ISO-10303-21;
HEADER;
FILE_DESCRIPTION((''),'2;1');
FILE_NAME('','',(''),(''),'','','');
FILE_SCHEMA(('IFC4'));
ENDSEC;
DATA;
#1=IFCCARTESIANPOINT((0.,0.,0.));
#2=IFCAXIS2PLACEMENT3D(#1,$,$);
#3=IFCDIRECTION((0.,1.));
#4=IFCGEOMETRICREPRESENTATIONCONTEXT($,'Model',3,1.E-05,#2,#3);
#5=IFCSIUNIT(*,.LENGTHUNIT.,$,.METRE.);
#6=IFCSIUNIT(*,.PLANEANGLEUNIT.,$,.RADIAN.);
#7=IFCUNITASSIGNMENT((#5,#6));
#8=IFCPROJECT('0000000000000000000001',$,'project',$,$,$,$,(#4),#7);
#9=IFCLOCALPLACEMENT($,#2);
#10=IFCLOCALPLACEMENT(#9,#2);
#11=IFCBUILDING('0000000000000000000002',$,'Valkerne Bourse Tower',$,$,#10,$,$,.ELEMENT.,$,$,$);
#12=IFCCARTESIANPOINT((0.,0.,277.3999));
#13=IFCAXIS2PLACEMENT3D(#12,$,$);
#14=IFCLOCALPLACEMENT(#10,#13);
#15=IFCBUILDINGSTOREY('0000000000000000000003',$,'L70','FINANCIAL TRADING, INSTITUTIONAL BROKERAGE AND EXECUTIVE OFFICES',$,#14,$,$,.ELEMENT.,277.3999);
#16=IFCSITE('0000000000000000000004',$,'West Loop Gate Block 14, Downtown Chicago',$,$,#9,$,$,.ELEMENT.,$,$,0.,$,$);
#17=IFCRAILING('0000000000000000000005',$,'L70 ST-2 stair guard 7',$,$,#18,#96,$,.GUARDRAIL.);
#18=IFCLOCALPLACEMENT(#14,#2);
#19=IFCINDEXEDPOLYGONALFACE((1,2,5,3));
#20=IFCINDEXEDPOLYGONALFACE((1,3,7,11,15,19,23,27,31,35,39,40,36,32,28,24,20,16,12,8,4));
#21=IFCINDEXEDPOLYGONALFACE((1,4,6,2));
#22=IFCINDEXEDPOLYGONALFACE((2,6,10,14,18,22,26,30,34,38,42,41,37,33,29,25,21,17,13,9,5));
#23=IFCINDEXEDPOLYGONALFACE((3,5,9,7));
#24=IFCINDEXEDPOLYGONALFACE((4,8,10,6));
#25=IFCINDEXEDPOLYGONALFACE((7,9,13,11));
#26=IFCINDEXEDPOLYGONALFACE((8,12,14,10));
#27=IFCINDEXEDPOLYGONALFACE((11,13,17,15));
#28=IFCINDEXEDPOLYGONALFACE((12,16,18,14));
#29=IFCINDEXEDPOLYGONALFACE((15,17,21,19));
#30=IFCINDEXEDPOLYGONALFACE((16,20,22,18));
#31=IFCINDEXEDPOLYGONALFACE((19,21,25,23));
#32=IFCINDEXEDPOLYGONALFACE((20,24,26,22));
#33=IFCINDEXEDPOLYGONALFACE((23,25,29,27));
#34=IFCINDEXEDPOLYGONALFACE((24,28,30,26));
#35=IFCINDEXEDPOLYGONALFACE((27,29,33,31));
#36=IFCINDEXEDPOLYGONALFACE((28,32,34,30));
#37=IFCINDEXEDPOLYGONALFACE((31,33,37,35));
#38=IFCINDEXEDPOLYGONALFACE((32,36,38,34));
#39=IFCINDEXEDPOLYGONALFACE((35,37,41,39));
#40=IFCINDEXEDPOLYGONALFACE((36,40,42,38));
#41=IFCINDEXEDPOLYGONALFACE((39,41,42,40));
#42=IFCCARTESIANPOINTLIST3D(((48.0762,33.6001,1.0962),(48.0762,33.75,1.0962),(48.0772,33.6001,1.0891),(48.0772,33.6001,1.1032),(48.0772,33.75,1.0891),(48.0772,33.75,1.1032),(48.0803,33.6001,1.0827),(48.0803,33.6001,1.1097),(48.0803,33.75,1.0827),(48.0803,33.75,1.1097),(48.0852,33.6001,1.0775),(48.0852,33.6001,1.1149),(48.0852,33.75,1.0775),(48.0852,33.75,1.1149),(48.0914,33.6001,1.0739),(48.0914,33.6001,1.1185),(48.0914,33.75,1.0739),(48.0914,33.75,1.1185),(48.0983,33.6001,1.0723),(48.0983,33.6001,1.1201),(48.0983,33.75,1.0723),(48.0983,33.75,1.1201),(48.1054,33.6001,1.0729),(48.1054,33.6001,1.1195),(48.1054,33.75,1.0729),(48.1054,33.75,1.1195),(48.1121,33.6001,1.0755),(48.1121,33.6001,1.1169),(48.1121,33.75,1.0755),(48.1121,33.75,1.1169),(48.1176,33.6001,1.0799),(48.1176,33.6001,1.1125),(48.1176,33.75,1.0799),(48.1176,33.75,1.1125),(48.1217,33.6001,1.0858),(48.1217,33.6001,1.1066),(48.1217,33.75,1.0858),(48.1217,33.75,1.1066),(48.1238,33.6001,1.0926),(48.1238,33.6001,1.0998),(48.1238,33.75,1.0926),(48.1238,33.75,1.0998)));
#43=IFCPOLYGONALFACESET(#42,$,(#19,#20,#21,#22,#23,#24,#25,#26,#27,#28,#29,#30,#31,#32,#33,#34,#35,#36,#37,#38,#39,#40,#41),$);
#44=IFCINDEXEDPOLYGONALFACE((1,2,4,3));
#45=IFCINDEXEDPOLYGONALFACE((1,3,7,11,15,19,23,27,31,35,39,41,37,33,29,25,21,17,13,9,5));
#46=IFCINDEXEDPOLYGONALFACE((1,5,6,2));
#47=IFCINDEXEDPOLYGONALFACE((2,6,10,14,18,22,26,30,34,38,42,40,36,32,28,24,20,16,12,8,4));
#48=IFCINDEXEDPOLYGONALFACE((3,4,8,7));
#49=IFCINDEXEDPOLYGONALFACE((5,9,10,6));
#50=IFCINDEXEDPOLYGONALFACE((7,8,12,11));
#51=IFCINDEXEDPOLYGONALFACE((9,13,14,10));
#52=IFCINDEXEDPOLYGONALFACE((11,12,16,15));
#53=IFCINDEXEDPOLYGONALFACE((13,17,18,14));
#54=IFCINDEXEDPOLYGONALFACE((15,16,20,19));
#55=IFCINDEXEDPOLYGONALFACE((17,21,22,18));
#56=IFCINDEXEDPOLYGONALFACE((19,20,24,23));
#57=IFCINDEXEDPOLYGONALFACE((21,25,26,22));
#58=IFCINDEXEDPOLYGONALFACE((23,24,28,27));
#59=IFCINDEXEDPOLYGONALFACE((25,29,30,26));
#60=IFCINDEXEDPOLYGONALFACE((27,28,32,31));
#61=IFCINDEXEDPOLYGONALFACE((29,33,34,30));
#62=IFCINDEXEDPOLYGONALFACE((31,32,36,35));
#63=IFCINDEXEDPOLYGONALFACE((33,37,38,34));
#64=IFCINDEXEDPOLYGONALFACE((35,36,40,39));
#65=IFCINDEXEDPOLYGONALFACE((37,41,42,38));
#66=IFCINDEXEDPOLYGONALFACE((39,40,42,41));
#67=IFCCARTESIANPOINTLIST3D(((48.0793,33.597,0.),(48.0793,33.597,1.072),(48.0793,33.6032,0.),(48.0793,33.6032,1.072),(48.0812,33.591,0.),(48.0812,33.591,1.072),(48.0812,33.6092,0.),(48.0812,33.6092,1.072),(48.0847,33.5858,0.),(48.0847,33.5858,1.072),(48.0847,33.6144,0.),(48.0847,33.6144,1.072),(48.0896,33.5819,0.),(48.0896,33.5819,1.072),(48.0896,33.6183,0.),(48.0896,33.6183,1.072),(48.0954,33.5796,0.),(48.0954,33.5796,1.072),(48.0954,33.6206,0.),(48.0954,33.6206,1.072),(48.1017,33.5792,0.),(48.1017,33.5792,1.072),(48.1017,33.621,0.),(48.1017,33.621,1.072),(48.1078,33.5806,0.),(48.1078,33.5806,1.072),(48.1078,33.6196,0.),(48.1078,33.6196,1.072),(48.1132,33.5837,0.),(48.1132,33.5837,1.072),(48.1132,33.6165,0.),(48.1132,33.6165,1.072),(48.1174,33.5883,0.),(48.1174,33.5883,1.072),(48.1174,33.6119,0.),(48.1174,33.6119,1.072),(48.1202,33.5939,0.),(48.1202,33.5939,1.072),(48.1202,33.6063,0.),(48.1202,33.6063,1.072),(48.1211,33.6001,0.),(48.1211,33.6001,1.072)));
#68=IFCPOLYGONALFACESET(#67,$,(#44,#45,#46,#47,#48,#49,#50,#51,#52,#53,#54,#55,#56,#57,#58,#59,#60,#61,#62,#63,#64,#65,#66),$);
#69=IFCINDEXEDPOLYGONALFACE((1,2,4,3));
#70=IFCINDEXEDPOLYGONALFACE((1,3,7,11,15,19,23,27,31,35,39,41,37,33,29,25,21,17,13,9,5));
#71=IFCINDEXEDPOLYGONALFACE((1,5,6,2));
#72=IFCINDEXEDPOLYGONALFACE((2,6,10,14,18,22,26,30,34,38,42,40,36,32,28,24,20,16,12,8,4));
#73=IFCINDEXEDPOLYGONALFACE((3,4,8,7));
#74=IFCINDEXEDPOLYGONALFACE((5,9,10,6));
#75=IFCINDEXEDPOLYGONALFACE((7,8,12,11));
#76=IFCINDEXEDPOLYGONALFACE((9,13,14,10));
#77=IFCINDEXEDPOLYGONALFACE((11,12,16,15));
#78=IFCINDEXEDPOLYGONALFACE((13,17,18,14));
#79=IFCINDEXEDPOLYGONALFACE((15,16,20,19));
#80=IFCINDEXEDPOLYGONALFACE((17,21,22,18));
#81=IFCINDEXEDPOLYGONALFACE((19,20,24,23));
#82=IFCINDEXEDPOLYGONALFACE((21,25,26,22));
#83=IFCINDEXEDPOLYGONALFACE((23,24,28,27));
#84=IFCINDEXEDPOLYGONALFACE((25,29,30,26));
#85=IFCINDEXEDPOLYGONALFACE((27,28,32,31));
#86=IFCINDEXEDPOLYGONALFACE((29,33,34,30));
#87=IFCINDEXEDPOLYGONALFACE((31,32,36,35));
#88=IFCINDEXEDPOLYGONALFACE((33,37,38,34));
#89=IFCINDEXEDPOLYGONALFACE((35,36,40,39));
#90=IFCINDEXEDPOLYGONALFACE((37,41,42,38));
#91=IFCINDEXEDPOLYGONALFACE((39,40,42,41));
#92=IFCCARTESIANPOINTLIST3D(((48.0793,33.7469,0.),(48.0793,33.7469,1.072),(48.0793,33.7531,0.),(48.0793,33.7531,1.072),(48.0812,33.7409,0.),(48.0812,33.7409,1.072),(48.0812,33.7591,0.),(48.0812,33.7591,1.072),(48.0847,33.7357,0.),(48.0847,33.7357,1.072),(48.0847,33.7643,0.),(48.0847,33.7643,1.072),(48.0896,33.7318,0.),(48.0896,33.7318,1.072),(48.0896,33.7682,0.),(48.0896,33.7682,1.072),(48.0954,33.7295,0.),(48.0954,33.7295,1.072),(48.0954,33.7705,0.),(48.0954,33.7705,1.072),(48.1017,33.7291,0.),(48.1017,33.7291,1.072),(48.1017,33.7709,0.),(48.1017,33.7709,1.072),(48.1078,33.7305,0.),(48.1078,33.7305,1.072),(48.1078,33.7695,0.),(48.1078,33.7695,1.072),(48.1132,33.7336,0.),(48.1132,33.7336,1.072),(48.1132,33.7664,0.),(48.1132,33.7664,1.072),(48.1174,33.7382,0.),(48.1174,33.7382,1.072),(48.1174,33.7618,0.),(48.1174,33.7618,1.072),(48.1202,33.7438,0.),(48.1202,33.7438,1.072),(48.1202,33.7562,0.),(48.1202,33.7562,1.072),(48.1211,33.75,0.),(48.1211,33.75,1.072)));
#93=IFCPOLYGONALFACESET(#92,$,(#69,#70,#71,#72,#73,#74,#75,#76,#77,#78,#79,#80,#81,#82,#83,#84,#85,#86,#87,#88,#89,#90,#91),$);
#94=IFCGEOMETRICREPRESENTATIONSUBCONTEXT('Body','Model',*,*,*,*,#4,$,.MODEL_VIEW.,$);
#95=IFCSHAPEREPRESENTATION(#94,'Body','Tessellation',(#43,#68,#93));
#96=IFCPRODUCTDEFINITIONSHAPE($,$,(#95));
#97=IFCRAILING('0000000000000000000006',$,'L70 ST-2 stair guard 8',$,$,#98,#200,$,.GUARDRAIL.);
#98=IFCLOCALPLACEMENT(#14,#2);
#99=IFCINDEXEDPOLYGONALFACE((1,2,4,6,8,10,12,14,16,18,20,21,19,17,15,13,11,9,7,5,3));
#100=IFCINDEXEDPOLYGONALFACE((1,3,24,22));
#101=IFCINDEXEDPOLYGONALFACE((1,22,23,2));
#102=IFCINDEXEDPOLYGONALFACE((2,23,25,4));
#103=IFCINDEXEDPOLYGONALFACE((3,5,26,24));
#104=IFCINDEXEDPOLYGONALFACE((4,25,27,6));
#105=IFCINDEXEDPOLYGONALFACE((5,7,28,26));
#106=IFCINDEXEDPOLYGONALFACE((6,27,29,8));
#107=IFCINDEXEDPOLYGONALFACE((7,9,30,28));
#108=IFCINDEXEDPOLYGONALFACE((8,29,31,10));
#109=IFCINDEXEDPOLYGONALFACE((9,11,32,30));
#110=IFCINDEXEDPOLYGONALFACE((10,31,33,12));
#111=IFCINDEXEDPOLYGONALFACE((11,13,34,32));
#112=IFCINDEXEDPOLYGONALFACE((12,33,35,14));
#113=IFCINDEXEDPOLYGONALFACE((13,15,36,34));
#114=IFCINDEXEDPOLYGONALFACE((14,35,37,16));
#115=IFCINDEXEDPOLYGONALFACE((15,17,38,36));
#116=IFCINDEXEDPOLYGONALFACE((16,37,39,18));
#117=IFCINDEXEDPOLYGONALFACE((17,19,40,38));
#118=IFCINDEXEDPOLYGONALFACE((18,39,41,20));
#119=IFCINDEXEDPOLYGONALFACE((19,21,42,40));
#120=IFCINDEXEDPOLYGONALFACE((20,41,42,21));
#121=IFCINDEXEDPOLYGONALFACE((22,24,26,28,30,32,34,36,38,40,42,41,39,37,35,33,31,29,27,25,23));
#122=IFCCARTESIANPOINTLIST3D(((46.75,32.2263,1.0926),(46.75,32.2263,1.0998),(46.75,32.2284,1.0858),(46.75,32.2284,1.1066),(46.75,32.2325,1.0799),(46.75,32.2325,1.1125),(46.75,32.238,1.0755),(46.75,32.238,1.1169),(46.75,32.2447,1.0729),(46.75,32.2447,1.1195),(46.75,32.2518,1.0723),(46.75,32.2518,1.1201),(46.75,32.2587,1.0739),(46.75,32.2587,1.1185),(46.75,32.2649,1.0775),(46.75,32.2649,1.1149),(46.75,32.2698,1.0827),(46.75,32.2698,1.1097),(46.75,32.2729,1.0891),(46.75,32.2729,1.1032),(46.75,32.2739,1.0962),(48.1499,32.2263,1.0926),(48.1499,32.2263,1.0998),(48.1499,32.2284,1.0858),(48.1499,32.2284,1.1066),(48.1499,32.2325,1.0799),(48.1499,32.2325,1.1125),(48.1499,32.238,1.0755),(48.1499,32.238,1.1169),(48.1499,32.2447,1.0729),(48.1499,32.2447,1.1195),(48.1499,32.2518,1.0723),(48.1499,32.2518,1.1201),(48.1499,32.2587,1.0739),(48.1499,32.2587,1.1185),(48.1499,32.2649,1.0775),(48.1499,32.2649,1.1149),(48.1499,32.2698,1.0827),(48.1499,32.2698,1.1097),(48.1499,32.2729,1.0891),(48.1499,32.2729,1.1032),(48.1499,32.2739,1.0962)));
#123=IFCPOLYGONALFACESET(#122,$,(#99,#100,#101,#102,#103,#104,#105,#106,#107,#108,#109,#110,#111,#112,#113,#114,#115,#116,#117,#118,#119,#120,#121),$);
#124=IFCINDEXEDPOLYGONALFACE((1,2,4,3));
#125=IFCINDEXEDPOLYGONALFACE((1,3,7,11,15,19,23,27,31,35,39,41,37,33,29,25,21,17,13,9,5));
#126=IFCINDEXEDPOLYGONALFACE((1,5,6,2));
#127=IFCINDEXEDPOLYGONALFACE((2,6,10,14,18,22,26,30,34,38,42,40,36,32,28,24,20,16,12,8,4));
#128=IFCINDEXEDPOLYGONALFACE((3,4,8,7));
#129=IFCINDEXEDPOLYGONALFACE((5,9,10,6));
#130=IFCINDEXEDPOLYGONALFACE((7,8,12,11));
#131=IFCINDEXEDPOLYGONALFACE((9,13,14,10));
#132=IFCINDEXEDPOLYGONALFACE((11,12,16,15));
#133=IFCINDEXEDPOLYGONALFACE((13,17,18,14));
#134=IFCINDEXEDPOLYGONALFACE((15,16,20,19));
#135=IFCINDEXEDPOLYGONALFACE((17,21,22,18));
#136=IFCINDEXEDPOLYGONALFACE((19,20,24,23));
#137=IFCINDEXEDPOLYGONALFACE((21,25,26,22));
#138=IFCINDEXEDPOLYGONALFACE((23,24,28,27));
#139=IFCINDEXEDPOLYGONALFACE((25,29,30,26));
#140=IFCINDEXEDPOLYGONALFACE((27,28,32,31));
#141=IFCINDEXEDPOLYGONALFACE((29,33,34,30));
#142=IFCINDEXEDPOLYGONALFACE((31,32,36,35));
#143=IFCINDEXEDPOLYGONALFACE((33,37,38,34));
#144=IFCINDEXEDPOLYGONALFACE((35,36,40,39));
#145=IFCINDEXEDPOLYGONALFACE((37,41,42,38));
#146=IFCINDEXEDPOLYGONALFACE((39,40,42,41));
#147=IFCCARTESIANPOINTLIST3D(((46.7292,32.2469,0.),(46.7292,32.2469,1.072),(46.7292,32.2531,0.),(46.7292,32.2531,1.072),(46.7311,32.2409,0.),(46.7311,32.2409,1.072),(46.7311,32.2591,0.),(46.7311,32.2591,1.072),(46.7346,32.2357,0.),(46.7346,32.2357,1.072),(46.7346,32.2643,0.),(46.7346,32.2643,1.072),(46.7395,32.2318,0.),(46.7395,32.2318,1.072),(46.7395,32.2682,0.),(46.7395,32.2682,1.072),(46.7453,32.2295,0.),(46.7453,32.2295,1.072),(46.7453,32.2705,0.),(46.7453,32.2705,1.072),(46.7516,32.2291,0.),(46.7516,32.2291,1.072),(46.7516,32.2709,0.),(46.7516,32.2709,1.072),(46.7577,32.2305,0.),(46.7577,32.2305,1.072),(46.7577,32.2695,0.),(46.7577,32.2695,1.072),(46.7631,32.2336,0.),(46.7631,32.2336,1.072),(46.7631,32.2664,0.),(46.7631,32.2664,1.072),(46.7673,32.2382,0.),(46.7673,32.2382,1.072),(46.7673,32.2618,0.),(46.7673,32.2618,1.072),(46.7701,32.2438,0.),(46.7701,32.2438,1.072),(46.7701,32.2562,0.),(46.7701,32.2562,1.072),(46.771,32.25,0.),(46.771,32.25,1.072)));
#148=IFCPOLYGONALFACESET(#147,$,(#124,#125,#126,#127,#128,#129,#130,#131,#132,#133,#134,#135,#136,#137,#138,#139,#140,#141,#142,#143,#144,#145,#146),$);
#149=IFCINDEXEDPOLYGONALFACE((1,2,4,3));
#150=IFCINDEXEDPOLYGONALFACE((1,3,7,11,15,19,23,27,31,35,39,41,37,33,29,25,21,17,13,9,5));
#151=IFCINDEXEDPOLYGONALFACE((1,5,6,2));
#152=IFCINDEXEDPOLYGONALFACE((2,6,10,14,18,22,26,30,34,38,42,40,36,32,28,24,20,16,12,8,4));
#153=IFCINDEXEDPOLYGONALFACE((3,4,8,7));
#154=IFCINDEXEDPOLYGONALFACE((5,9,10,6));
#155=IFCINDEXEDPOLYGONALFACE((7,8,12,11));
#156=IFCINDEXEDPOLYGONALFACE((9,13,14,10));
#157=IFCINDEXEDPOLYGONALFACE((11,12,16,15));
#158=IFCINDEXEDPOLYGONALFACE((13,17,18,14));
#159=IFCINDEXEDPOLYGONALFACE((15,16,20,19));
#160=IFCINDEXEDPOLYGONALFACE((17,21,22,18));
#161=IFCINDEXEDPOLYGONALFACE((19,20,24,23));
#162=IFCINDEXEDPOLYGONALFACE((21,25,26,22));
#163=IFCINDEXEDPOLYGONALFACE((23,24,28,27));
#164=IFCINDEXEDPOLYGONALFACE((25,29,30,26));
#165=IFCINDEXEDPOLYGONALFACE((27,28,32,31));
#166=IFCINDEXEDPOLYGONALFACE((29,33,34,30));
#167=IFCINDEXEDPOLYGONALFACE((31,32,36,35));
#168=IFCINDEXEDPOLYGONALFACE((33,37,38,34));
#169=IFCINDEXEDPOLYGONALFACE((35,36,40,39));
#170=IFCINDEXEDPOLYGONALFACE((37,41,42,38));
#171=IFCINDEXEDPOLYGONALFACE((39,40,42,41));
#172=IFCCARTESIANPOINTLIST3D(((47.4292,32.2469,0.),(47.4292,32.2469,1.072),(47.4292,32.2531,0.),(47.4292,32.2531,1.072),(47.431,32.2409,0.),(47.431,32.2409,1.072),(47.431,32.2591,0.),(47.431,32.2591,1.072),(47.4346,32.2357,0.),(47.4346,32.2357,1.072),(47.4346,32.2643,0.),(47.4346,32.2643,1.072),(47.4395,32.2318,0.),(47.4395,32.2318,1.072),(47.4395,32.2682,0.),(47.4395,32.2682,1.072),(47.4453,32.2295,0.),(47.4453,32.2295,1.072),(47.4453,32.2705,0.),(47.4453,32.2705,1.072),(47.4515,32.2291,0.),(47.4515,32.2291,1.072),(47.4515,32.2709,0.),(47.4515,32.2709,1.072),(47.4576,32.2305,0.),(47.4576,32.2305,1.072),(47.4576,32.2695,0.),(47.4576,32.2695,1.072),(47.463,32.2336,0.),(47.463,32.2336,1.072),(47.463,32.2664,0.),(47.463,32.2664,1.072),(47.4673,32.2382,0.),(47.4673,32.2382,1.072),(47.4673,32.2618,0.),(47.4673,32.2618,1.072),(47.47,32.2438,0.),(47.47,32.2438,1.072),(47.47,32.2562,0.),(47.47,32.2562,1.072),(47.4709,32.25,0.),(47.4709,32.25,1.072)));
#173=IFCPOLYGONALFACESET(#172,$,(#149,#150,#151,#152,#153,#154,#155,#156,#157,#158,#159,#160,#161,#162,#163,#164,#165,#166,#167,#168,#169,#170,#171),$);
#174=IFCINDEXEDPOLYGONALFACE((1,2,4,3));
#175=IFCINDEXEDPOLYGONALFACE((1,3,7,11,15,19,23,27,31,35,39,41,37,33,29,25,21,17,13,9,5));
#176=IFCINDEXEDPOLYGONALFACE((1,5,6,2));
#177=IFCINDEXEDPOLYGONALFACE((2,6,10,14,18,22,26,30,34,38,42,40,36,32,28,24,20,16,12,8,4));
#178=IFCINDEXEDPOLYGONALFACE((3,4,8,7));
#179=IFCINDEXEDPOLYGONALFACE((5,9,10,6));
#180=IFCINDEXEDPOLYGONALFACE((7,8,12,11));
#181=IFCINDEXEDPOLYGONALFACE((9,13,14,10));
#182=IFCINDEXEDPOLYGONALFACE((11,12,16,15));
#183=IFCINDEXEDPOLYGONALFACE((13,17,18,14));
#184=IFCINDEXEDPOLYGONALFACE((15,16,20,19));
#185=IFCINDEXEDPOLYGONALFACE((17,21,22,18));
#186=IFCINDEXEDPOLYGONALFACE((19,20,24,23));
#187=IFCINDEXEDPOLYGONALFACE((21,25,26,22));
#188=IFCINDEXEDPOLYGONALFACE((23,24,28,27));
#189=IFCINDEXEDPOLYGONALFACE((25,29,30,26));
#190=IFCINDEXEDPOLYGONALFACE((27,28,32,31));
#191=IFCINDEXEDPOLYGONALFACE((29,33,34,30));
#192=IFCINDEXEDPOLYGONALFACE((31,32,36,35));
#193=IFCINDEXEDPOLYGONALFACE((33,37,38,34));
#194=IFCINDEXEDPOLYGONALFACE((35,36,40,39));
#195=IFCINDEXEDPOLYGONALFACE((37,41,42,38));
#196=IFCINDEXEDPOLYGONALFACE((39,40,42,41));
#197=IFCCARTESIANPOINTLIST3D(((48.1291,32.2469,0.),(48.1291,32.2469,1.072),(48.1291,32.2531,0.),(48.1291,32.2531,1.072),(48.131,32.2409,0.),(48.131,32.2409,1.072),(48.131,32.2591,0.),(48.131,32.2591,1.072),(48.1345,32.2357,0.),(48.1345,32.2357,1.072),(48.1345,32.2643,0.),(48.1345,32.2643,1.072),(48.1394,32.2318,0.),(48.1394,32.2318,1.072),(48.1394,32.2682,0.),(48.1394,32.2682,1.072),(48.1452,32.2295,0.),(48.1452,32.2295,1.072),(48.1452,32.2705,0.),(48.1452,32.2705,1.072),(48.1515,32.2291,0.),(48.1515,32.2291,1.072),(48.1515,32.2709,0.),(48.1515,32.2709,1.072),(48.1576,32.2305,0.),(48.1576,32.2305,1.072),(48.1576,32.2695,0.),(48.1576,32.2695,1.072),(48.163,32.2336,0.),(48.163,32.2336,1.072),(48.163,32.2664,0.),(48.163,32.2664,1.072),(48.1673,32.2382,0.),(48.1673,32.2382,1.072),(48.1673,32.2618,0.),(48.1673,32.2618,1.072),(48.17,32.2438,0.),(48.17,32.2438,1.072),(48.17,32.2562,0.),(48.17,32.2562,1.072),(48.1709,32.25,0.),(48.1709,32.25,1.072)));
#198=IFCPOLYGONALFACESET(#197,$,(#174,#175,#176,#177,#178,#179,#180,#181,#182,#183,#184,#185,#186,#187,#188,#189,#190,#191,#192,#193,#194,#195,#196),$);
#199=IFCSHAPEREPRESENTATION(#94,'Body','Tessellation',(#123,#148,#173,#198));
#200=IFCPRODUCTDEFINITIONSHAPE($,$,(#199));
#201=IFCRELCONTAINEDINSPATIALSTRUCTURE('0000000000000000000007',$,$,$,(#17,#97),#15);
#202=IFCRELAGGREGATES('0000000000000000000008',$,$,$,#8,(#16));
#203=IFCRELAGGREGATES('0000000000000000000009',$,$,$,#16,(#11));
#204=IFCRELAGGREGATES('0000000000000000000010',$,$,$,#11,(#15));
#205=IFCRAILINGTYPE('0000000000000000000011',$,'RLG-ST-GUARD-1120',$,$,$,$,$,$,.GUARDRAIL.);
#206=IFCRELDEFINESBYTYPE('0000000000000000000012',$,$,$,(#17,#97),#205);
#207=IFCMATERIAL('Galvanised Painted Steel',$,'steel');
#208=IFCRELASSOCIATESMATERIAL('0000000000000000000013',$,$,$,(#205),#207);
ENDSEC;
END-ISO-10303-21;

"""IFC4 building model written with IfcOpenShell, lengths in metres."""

from ifc_helpers import new_model, si_unit, direction, frame, origin, origin_2d, place, context, subcontext, project, spatial, circle, extrude, material, type_object, element, save


model = new_model("IFC4")

# Units and contexts
model_context = context("Model", 3, precision=1e-05, world=origin(), true_north=direction((0.0, 1.0)))
body_context = subcontext(model_context, "Body", "Model", "MODEL_VIEW")
ifc_project = project(units=[si_unit("LENGTHUNIT", "METRE"), si_unit("PLANEANGLEUNIT", "RADIAN")], contexts=[model_context])

# Site, building, storey
site_placement = place(None, origin())
site = spatial("IfcSite", under=ifc_project, at=site_placement, Name="West Loop Gate Block 14, Downtown Chicago", CompositionType="ELEMENT", RefElevation=0.0)
building_placement = place(site_placement, origin())
building = spatial("IfcBuilding", under=site, at=building_placement, Name="Valkerne Bourse Tower", CompositionType="ELEMENT")
storey_placement = place(building_placement, frame((0.0, 0.0, 277.3999)))
storey = spatial("IfcBuildingStorey", under=building, at=storey_placement, Name="L70", Description="FINANCIAL TRADING, INSTITUTIONAL BROKERAGE AND EXECUTIVE OFFICES", CompositionType="ELEMENT", Elevation=277.3999)

# Shared definitions
ifc_material_1 = material(Name="Galvanised Painted Steel", Category="steel")

# Railings
railing_type_1 = type_object("IfcRailingType", Name="RLG-ST-GUARD-1120", PredefinedType="GUARDRAIL", material=ifc_material_1)
railing_1_placement = place(storey_placement, frame((48.1001, 33.6001, 0.0)))
element("IfcRailing", 1, at=railing_1_placement, inside=storey, type_object=railing_type_1, Name="L70 ST-2 stair guard 7", PredefinedType="GUARDRAIL", context=body_context, shape_type="SweptSolid", body=[
    extrude(circle(Radius=0.0239, at=origin_2d()), frame((0.0, 0.0, 1.0962), z_axis=(0.0, 1.0, 0.0), x_axis=(-1.0, 0.0, 0.0)), (0.0, 0.0, 1.0), 0.1499),
    extrude(circle(Radius=0.021, at=origin_2d()), origin(), (0.0, 0.0, 1.0), 1.072),
    extrude(circle(Radius=0.021, at=origin_2d()), frame((0.0, 0.1499, 0.0)), (0.0, 0.0, 1.0), 1.072),
])
for number, where, name in (
    (2, (46.75, 32.25, 0.0), "L70 ST-2 stair guard 8"),
):
    element("IfcRailing", number, at=place(storey_placement, frame(where)), inside=storey, type_object=railing_type_1, Name=name, PredefinedType="GUARDRAIL", context=body_context, shape_type="SweptSolid", body=[
        extrude(circle(Radius=0.0239, at=origin_2d()), frame((0.0, 0.0, 1.0962), z_axis=(1.0, 0.0, 0.0), x_axis=(0.0, 1.0, 0.0)), (0.0, 0.0, 1.0), 1.3999),
        extrude(circle(Radius=0.021, at=origin_2d()), origin(), (0.0, 0.0, 1.0), 1.072),
        extrude(circle(Radius=0.021, at=origin_2d()), frame((0.7, 0.0, 0.0)), (0.0, 0.0, 1.0), 1.072),
        extrude(circle(Radius=0.021, at=origin_2d()), frame((1.3999, 0.0, 0.0)), (0.0, 0.0, 1.0), 1.072),
    ])

save(model, "model.ifc")
